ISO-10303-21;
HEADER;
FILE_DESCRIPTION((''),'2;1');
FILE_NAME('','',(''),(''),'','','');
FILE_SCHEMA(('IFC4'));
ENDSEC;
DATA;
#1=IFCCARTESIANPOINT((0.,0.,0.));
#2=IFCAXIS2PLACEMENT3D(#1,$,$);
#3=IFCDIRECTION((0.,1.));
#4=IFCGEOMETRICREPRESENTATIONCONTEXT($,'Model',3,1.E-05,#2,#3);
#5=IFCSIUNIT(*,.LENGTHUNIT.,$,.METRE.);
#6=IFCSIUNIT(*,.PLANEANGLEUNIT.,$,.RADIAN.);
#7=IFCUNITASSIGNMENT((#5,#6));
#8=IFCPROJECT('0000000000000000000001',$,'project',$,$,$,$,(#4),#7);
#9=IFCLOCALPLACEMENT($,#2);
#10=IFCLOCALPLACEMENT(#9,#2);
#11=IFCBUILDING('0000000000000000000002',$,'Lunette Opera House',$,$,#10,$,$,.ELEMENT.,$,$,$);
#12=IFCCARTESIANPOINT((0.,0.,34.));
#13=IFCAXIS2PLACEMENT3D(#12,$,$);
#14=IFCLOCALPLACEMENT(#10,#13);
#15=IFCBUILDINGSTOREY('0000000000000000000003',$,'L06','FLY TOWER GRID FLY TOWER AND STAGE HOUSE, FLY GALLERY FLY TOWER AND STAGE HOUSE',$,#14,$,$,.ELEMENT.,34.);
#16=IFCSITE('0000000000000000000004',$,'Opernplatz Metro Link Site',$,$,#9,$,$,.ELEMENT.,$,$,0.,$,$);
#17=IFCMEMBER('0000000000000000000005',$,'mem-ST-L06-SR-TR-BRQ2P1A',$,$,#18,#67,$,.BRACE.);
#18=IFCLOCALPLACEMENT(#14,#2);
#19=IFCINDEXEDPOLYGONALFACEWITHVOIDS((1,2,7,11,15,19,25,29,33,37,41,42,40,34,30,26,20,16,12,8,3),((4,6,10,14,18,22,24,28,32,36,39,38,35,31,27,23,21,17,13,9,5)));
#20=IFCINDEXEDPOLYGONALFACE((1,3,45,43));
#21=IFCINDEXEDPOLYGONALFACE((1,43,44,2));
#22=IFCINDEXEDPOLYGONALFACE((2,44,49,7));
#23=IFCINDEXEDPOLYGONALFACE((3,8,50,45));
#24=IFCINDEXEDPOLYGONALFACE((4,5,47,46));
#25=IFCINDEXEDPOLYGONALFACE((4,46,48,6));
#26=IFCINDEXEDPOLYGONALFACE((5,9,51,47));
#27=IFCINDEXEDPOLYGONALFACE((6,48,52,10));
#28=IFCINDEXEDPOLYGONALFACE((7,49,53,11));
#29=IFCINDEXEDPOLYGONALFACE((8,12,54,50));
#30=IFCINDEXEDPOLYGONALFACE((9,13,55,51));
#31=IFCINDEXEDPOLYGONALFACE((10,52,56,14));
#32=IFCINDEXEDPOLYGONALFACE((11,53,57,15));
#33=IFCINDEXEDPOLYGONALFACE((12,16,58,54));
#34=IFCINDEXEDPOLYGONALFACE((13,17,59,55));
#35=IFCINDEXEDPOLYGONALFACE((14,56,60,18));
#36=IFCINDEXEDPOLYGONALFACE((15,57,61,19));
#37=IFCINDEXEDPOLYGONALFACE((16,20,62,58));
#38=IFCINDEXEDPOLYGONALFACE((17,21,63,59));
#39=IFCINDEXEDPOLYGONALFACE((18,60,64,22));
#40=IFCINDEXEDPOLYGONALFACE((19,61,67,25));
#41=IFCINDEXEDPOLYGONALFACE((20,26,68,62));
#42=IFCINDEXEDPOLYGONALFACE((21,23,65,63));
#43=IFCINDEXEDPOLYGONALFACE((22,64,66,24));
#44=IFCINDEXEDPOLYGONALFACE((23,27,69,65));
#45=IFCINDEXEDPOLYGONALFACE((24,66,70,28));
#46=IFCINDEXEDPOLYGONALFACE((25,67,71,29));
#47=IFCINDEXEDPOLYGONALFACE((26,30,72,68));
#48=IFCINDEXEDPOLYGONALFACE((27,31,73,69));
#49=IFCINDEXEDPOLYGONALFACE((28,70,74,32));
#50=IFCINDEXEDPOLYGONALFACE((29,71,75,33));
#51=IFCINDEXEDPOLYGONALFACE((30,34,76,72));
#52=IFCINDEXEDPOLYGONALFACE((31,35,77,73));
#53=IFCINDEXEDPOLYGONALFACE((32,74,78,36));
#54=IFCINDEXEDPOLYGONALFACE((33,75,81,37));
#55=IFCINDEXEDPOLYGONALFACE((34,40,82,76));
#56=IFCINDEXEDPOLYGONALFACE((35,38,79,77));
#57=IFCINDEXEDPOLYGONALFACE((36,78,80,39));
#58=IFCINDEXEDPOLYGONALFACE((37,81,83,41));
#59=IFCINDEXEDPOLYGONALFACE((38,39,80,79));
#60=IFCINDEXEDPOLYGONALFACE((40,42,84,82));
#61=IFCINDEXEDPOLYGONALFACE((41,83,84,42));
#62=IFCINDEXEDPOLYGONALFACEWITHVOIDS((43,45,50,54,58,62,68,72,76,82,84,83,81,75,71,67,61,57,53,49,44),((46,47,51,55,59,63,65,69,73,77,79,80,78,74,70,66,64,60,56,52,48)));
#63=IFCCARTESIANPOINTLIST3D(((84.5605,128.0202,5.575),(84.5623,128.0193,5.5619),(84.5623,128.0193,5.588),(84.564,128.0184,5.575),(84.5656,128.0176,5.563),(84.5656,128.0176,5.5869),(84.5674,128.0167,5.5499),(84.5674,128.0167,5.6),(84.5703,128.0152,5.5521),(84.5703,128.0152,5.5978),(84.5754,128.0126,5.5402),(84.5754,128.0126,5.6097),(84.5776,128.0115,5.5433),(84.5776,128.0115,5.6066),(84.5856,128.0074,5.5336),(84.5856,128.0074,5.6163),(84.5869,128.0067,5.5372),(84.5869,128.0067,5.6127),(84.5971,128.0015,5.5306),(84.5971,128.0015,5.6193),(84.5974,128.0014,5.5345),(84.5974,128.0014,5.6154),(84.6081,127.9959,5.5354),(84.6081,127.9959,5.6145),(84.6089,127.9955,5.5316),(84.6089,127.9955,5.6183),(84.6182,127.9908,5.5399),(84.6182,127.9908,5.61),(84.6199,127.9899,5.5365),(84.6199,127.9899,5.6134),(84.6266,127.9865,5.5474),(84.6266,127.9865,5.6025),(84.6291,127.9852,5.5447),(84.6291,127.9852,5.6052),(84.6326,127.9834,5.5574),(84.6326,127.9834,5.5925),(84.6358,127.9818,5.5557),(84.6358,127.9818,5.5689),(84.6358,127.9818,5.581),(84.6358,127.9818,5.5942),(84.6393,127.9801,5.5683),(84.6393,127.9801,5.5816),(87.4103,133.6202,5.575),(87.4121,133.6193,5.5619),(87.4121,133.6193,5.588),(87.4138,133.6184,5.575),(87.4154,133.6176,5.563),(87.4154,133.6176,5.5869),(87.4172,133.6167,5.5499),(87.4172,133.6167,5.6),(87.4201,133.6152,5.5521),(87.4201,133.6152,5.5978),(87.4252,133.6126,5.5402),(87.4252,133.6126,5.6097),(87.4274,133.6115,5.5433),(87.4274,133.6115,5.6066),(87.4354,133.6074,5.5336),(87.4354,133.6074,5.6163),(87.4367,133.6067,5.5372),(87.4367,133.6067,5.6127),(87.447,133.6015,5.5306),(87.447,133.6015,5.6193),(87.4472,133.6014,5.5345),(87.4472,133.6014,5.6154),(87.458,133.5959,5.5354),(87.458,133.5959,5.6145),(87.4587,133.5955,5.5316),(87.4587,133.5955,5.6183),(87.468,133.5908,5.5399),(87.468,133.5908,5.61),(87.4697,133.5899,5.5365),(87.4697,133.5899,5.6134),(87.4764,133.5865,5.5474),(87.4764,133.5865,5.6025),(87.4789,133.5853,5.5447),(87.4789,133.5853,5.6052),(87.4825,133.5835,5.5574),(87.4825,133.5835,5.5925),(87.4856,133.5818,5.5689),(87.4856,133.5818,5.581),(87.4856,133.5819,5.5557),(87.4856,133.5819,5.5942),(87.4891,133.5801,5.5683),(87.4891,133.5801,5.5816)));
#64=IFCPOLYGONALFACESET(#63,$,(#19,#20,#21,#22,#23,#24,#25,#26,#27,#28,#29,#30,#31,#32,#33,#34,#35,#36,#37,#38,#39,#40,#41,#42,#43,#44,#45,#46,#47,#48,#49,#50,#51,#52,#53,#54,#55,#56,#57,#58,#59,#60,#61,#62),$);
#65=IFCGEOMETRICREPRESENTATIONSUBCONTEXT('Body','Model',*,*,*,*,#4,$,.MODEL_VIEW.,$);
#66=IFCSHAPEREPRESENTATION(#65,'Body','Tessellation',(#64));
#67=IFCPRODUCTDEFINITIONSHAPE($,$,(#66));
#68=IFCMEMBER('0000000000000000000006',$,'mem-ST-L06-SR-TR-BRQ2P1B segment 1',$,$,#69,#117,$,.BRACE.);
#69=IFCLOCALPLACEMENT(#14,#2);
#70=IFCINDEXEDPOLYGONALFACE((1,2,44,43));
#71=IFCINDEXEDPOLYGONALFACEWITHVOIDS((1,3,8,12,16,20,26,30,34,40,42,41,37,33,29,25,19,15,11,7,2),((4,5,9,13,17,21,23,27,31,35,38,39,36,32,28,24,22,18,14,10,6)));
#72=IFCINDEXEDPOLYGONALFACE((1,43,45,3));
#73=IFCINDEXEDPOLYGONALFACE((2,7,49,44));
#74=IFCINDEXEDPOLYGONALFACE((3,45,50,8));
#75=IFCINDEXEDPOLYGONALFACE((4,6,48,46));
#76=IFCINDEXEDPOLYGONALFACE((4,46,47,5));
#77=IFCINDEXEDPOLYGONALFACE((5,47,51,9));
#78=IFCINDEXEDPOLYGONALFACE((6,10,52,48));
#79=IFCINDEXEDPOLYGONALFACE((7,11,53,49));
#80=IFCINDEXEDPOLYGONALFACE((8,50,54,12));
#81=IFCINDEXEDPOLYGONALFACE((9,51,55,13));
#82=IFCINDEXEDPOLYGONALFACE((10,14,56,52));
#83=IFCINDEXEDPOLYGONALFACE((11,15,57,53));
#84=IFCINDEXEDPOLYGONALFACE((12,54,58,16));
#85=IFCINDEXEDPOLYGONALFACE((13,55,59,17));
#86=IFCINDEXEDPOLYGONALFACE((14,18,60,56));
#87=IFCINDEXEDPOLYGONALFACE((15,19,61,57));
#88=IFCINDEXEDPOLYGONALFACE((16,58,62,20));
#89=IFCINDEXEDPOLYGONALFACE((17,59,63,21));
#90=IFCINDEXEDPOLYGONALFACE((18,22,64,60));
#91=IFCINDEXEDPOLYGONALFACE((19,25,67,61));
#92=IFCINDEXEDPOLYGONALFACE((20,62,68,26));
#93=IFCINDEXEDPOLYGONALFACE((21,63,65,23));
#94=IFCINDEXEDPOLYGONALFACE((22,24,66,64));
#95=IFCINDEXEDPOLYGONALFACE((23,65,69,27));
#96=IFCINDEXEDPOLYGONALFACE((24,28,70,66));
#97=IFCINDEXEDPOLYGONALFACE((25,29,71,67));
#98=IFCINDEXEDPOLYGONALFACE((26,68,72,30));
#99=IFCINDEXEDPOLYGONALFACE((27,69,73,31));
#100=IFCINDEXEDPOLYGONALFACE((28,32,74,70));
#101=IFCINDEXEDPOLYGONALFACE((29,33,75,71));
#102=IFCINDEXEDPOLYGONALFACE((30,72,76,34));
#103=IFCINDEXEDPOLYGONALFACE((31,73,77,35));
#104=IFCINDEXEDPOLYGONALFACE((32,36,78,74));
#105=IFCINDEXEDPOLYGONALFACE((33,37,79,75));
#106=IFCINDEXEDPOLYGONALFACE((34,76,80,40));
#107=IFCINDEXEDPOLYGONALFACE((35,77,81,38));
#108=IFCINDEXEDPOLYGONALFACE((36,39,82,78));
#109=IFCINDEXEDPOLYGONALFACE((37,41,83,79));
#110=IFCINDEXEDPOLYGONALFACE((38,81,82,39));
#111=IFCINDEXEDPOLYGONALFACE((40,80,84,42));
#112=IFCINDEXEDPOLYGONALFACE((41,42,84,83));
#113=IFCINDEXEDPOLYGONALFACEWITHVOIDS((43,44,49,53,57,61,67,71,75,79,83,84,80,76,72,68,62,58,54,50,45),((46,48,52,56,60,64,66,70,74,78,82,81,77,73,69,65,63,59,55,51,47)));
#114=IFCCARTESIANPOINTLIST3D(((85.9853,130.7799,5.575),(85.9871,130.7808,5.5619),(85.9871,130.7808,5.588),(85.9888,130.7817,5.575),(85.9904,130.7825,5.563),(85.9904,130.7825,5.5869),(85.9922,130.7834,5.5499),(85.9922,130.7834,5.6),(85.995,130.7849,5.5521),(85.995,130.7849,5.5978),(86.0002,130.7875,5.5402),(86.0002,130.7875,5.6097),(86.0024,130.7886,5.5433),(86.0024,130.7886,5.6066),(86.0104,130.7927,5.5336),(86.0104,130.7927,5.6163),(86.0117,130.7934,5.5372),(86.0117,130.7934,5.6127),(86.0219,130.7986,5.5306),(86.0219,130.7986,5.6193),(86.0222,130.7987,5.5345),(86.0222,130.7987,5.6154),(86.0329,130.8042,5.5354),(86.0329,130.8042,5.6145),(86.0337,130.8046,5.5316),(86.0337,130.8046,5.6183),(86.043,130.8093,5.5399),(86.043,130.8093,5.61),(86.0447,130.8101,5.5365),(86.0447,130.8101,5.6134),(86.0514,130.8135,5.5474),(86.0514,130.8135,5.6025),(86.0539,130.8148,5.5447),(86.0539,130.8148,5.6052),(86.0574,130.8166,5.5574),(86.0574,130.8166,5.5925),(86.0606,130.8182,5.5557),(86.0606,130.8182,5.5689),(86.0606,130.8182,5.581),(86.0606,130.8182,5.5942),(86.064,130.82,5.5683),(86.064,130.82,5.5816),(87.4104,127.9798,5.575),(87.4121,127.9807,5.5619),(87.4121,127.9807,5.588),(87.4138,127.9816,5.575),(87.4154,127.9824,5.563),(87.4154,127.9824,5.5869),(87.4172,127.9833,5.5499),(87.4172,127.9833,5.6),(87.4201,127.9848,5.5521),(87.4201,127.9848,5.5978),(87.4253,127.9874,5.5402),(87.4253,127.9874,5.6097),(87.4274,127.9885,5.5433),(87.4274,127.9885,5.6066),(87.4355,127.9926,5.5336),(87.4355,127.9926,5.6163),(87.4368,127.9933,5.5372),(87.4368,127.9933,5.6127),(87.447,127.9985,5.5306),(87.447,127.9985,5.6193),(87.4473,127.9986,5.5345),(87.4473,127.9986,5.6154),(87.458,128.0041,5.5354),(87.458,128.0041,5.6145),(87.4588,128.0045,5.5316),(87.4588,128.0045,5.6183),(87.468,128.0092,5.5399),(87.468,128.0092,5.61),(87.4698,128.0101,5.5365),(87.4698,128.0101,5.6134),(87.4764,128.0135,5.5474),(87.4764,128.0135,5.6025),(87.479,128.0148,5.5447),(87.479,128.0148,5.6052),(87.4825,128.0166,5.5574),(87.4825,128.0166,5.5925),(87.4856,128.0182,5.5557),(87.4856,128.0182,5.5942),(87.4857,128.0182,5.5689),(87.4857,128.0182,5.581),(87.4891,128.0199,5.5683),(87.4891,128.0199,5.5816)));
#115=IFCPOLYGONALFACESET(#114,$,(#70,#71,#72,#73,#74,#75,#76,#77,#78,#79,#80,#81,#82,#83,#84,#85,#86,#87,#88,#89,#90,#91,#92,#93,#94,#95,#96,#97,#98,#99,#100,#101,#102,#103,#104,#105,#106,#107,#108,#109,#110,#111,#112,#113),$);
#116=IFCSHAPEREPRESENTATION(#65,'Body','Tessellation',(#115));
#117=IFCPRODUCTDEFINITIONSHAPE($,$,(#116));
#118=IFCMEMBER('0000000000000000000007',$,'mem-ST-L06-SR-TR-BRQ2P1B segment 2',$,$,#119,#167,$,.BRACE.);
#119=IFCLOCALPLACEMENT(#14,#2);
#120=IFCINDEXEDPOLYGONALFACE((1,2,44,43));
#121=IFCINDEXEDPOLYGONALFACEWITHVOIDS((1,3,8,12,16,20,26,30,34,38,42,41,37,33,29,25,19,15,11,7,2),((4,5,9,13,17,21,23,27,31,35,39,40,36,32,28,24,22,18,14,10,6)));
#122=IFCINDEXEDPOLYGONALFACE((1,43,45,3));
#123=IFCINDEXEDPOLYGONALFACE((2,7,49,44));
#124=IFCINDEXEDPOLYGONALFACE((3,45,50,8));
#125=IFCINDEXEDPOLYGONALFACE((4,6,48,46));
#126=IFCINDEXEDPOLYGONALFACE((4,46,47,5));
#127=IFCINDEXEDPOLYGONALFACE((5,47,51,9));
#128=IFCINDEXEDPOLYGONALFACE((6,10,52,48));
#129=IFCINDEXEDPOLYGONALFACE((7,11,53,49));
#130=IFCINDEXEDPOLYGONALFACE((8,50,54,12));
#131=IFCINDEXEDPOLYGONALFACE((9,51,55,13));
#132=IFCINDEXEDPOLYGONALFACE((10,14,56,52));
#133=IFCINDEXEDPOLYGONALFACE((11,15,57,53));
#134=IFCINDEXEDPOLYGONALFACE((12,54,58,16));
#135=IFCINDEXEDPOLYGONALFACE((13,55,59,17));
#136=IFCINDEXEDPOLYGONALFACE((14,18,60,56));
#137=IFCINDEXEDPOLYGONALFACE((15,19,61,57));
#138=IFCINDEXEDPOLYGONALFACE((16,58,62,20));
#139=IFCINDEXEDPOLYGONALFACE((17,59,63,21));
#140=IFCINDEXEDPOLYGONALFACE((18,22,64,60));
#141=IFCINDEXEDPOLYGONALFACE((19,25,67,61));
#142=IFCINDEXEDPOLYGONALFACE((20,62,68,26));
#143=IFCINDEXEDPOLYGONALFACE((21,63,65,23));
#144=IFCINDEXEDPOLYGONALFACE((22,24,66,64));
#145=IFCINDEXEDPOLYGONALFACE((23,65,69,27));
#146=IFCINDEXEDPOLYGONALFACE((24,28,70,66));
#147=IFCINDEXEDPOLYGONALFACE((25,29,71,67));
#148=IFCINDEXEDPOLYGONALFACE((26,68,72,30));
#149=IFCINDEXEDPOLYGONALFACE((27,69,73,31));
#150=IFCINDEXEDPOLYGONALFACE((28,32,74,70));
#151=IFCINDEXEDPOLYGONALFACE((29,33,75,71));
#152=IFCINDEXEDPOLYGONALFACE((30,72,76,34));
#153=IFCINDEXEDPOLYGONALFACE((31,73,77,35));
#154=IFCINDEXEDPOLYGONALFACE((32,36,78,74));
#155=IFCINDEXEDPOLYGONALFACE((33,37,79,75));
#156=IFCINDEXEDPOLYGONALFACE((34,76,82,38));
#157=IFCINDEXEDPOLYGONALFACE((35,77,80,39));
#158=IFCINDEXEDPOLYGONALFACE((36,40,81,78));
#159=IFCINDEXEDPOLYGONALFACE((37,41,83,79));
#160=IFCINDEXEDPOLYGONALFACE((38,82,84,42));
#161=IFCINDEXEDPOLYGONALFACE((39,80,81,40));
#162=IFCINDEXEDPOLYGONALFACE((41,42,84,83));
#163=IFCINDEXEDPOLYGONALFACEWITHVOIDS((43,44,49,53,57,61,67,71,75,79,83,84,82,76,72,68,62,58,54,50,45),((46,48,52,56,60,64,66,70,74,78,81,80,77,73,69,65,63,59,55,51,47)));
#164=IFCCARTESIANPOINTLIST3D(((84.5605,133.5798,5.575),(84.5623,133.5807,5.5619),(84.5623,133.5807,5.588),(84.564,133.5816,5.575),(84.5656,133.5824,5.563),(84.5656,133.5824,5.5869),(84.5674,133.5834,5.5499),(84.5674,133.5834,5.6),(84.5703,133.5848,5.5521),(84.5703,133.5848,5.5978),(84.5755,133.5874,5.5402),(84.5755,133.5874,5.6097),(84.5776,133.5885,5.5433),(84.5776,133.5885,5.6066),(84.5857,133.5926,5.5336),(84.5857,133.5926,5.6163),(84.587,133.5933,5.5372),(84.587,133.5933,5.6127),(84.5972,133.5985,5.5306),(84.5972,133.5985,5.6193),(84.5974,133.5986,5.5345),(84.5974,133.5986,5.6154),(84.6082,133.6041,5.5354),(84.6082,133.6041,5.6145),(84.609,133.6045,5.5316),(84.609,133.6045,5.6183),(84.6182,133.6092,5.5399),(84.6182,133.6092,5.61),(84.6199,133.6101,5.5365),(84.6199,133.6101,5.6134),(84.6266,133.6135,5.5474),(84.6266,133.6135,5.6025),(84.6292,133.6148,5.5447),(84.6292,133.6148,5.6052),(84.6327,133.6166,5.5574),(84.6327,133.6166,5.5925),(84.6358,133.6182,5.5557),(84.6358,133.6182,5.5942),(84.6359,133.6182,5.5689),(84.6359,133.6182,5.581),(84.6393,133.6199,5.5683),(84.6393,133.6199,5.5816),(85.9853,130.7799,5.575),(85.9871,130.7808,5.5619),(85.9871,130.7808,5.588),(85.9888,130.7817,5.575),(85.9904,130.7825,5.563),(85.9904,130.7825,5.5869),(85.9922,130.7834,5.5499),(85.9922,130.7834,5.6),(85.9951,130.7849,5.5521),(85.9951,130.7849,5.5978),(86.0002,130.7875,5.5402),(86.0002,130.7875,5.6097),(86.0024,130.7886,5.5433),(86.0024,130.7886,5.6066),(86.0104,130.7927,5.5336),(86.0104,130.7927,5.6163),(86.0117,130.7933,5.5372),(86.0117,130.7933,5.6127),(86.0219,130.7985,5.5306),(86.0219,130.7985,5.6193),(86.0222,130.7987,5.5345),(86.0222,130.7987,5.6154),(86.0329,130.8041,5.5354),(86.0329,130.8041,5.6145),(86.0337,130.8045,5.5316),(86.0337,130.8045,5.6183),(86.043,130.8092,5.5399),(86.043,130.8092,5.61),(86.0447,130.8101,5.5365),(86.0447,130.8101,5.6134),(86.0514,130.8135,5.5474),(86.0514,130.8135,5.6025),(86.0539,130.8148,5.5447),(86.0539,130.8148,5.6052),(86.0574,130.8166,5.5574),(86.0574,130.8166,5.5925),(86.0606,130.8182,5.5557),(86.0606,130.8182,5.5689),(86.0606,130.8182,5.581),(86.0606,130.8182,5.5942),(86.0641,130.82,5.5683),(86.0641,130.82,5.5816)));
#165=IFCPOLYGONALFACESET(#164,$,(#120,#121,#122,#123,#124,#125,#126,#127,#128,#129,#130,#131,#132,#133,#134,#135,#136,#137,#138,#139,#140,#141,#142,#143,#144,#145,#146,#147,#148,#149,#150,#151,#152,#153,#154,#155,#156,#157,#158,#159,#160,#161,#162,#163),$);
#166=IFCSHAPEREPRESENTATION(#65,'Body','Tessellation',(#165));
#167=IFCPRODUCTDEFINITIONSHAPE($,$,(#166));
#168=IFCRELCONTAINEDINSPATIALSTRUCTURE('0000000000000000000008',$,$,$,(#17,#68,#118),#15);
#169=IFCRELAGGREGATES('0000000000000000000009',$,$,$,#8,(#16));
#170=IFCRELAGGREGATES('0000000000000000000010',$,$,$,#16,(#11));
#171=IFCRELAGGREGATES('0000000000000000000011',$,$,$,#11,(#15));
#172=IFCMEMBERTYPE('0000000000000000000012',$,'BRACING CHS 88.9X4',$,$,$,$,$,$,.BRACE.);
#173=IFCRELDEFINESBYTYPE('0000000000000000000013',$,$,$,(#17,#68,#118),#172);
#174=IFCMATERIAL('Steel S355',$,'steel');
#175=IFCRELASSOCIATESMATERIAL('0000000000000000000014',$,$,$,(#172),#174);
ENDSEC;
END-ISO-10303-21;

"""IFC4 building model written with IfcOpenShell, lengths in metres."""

from ifc_helpers import new_model, si_unit, direction, frame, origin, origin_2d, place, context, subcontext, project, spatial, hollow_circle, extrude, material, material_profile, profile_set, type_object, element, save


model = new_model("IFC4")

# Units and contexts
model_context = context("Model", 3, precision=1e-05, world=origin(), true_north=direction((0.0, 1.0)))
body_context = subcontext(model_context, "Body", "Model", "MODEL_VIEW")
ifc_project = project(units=[si_unit("LENGTHUNIT", "METRE"), si_unit("PLANEANGLEUNIT", "RADIAN")], contexts=[model_context])

# Site, building, storey
site_placement = place(None, origin())
site = spatial("IfcSite", under=ifc_project, at=site_placement, Name="Opernplatz Metro Link Site", CompositionType="ELEMENT", RefElevation=0.0)
building_placement = place(site_placement, origin())
building = spatial("IfcBuilding", under=site, at=building_placement, Name="Lunette Opera House", CompositionType="ELEMENT")
storey_placement = place(building_placement, frame((0.0, 0.0, 34.0)))
storey = spatial("IfcBuildingStorey", under=building, at=storey_placement, Name="L06", Description="FLY TOWER GRID FLY TOWER AND STAGE HOUSE, FLY GALLERY FLY TOWER AND STAGE HOUSE", CompositionType="ELEMENT", Elevation=34.0)

# Members
ifc_material_1 = material(Name="Steel S355", Category="steel")
ifc_material_profile_1 = material_profile(ifc_material_1, hollow_circle(Radius=0.0444, WallThickness=0.0039, at=origin_2d()), Name="CHS 88.9X4")
ifc_profile_set_1 = profile_set([ifc_material_profile_1], Name="Steel S355")
member_type_1 = type_object("IfcMemberType", Name="BRACING CHS 88.9X4", PredefinedType="BRACE", material=ifc_profile_set_1)
member_1_placement = place(storey_placement, frame((84.6001, 128.0, 5.575), z_axis=(0.453543, 0.891234, 0.0), x_axis=(-0.891234, 0.453543, 0.0)))
element("IfcMember", 1, at=member_1_placement, inside=storey, type_object=member_type_1, Name="mem-ST-L06-SR-TR-BRQ2P1A", PredefinedType="BRACE", context=body_context, shape_type="SweptSolid", body=[
    extrude(hollow_circle(Radius=0.0444, WallThickness=0.0039, at=origin_2d()), origin(), (0.0, 0.0, 1.0), 6.2834),
])
member_2_placement = place(storey_placement, frame((87.45, 128.0, 5.575), z_axis=(-0.453574, 0.891219, 0.0), x_axis=(-0.891219, -0.453574, 0.0)))
element("IfcMember", 2, at=member_2_placement, inside=storey, type_object=member_type_1, Name="mem-ST-L06-SR-TR-BRQ2P1B segment 1", PredefinedType="BRACE", context=body_context, shape_type="SweptSolid", body=[
    extrude(hollow_circle(Radius=0.0444, WallThickness=0.0039, at=origin_2d()), origin(), (0.0, 0.0, 1.0), 3.1418),
])
member_3_placement = place(storey_placement, frame((86.0249, 130.8, 5.575), z_axis=(-0.453512, 0.89125, 0.0), x_axis=(-0.89125, -0.453512, 0.0)))
element("IfcMember", 3, at=member_3_placement, inside=storey, type_object=member_type_1, Name="mem-ST-L06-SR-TR-BRQ2P1B segment 2", PredefinedType="BRACE", context=body_context, shape_type="SweptSolid", body=[
    extrude(hollow_circle(Radius=0.0444, WallThickness=0.0039, at=origin_2d()), origin(), (0.0, 0.0, 1.0), 3.1416),
])

save(model, "model.ifc")
